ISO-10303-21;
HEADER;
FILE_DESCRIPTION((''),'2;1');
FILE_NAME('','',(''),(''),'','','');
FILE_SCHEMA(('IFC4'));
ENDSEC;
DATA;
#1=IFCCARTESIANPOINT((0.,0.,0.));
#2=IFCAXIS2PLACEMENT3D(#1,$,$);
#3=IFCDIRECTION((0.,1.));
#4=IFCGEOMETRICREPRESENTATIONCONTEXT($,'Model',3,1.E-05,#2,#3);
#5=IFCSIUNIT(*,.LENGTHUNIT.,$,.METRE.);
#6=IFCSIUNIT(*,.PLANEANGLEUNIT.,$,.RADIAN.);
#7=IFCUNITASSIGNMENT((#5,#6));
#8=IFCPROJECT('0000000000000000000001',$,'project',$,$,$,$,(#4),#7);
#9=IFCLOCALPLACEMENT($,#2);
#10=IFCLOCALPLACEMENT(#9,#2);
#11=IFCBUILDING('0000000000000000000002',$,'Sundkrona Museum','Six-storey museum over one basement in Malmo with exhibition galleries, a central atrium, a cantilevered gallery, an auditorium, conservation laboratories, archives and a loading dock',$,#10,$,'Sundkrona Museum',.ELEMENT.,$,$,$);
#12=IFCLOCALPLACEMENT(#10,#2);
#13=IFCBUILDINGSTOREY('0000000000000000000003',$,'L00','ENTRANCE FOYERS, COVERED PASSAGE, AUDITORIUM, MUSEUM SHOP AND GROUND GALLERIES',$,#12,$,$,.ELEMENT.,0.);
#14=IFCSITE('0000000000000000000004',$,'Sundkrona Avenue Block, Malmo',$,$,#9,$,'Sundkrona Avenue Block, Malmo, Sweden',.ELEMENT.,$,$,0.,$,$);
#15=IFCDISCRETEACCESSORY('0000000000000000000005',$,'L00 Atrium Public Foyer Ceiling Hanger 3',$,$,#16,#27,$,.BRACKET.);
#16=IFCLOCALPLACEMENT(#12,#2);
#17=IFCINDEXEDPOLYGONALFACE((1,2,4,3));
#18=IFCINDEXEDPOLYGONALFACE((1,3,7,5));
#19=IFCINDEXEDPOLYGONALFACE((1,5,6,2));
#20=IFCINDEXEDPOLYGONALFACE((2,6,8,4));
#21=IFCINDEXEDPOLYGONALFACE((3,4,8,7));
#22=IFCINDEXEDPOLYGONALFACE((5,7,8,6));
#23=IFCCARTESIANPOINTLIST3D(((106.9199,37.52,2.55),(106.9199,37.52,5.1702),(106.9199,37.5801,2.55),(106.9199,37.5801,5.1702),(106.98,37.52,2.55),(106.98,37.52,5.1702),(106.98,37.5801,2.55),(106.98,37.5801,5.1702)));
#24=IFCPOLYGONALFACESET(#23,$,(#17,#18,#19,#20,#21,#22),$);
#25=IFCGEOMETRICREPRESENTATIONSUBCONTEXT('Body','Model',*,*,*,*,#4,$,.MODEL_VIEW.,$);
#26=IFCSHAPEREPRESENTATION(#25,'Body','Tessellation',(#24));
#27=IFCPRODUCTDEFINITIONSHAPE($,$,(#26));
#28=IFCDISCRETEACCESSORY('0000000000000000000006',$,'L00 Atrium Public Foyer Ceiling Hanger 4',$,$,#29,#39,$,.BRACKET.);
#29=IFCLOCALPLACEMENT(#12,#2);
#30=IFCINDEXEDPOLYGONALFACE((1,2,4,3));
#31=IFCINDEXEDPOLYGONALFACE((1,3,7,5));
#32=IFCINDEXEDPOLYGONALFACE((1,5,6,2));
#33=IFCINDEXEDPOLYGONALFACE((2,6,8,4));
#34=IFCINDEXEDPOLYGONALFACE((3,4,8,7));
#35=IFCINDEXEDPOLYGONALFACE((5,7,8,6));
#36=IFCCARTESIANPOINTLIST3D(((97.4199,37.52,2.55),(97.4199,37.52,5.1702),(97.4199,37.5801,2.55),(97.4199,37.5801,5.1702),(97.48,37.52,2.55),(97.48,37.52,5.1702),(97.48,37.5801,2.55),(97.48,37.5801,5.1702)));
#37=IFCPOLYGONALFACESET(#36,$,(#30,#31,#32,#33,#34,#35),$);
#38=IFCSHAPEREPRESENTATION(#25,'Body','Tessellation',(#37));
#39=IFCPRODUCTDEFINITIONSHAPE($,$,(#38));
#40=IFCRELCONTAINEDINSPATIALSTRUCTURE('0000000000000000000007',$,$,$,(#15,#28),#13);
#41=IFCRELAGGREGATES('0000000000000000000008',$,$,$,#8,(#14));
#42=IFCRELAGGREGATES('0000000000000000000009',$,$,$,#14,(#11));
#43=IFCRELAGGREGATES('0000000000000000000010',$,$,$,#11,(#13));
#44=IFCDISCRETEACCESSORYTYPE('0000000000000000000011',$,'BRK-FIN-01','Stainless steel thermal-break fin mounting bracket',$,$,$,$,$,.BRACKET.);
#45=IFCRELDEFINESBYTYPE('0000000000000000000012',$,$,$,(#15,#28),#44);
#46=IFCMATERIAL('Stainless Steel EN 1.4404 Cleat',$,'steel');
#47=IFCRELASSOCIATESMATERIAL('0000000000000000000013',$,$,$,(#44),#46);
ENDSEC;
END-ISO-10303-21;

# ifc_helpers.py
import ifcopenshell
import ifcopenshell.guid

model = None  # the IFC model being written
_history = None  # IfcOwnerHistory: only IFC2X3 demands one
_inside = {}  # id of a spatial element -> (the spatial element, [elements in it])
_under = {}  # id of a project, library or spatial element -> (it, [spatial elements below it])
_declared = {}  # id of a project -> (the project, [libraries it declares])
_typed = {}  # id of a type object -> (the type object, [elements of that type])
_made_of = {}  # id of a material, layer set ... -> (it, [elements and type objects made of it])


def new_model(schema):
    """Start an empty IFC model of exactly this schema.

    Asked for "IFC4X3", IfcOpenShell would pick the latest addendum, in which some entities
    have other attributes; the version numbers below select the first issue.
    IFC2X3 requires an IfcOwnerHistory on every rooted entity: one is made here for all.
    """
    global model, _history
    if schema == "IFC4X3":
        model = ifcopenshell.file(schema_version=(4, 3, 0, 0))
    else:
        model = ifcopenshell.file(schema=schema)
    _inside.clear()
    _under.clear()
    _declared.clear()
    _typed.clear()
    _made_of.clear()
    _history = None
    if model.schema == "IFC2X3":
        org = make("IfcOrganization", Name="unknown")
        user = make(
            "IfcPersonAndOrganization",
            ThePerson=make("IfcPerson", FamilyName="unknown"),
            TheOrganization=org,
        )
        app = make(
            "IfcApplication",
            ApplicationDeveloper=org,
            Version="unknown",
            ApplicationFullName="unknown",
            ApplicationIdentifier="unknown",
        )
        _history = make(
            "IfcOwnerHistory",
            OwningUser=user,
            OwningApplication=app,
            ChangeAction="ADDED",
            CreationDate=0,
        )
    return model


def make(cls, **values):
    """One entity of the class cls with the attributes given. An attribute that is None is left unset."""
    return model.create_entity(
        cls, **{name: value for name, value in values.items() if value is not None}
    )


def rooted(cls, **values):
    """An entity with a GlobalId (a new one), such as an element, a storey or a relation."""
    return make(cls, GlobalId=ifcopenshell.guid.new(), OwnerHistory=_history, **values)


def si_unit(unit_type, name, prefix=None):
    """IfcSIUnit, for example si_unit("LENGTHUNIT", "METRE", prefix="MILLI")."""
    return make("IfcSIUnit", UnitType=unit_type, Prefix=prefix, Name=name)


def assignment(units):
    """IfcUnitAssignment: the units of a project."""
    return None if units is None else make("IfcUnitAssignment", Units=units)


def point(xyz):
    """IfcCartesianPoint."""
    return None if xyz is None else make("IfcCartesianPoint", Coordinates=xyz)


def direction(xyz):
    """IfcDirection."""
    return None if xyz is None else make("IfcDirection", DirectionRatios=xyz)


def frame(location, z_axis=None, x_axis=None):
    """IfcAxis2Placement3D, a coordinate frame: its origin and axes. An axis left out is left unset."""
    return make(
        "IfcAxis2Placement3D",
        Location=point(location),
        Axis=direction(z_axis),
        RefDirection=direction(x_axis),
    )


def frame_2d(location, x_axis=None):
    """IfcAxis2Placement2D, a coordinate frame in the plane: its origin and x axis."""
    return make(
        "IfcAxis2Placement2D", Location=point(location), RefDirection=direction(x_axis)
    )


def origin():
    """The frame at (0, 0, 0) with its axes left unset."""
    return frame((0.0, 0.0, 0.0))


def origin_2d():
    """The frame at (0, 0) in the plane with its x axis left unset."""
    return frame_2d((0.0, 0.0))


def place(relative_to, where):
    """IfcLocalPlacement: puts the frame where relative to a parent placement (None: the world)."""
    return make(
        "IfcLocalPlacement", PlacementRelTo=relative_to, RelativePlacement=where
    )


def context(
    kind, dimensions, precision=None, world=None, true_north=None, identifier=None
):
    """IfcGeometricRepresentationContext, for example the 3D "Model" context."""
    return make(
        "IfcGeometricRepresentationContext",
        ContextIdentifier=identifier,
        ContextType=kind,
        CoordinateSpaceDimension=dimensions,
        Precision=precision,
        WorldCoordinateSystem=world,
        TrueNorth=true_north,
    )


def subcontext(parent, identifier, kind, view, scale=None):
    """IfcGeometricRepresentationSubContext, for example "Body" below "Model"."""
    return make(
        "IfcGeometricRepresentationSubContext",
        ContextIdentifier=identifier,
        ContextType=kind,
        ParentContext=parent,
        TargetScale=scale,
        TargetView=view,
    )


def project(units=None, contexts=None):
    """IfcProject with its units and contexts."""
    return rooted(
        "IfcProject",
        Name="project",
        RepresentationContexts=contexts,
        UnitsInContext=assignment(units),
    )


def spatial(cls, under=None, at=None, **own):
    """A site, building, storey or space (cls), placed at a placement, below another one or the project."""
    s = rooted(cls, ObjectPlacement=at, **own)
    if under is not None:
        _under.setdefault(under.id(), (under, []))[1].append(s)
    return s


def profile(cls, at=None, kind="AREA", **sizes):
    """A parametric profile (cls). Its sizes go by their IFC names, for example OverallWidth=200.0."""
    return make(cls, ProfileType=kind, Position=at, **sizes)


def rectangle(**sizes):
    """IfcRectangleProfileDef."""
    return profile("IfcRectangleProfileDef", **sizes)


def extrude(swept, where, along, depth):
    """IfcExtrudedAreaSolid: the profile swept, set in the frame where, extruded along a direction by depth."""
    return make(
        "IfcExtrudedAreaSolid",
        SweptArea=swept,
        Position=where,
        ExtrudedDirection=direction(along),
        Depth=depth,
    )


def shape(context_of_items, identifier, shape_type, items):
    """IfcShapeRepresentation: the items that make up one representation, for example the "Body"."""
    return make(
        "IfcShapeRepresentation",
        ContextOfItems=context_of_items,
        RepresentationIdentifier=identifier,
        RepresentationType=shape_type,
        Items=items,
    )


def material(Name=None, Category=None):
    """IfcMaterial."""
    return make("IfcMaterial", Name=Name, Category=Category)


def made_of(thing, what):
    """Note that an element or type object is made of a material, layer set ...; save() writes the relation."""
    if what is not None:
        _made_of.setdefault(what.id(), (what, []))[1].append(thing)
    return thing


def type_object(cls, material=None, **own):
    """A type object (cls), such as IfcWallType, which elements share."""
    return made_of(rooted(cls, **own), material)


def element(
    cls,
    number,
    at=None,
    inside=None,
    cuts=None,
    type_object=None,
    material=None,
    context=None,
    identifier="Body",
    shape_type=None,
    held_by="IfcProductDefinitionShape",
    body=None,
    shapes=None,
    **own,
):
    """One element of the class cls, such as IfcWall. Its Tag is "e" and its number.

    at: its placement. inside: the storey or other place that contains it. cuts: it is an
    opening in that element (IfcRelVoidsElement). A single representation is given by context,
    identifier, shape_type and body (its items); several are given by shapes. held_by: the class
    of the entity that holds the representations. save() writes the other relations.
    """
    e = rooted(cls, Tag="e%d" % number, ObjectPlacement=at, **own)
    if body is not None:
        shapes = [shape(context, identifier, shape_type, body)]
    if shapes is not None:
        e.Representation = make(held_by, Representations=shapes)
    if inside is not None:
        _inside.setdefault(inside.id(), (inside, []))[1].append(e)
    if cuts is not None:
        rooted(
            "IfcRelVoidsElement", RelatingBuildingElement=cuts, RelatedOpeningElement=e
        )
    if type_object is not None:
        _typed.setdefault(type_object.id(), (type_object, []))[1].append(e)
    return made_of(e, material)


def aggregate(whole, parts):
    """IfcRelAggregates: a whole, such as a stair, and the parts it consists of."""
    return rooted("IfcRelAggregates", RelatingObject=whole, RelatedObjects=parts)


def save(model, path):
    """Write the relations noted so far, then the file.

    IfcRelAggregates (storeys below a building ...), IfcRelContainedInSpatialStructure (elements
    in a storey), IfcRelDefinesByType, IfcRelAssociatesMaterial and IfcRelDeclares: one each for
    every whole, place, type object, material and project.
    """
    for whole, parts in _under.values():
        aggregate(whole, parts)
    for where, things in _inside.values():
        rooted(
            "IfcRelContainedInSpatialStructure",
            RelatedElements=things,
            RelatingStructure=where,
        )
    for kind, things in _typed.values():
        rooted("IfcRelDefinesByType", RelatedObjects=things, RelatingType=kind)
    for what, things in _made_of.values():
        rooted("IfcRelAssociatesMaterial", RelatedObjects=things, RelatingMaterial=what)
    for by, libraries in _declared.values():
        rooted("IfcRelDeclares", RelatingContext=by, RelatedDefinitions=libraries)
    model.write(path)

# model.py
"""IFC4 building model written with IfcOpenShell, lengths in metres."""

from ifc_helpers import new_model, si_unit, direction, frame, origin, origin_2d, place, context, subcontext, project, spatial, rectangle, extrude, material, type_object, element, save


model = new_model("IFC4")

# Units and contexts
model_context = context("Model", 3, precision=1e-05, world=origin(), true_north=direction((0.0, 1.0)))
body_context = subcontext(model_context, "Body", "Model", "MODEL_VIEW")
ifc_project = project(units=[si_unit("LENGTHUNIT", "METRE"), si_unit("PLANEANGLEUNIT", "RADIAN")], contexts=[model_context])

# Site, building, storey
site_placement = place(None, origin())
site = spatial("IfcSite", under=ifc_project, at=site_placement, Name="Sundkrona Avenue Block, Malmo", LongName="Sundkrona Avenue Block, Malmo, Sweden", CompositionType="ELEMENT", RefElevation=0.0)
building_placement = place(site_placement, origin())
building = spatial("IfcBuilding", under=site, at=building_placement, Name="Sundkrona Museum", Description="Six-storey museum over one basement in Malmo with exhibition galleries, a central atrium, a cantilevered gallery, an auditorium, conservation laboratories, archives and a loading dock", LongName="Sundkrona Museum", CompositionType="ELEMENT")
storey_placement = place(building_placement, origin())
storey = spatial("IfcBuildingStorey", under=building, at=storey_placement, Name="L00", Description="ENTRANCE FOYERS, COVERED PASSAGE, AUDITORIUM, MUSEUM SHOP AND GROUND GALLERIES", CompositionType="ELEMENT", Elevation=0.0)

# Discrete accessories
ifc_material_1 = material(Name="Stainless Steel EN 1.4404 Cleat", Category="steel")
discrete_accessory_type = type_object("IfcDiscreteAccessoryType", Name="BRK-FIN-01", Description="Stainless steel thermal-break fin mounting bracket", PredefinedType="BRACKET", material=ifc_material_1)
for number, where, z_axis, x_axis, name in (
    (1, (106.95, 37.55, 2.55), (0.0, 0.0, 1.0), (1.0, 0.0, 0.0), "L00 Atrium Public Foyer Ceiling Hanger 3"),
    (2, (97.45, 37.55, 2.55), (0.0, 0.0, 1.0), (1.0, 0.0, 0.0), "L00 Atrium Public Foyer Ceiling Hanger 4"),
):
    element("IfcDiscreteAccessory", number, at=place(storey_placement, frame(where, z_axis=z_axis, x_axis=x_axis)), inside=storey, type_object=discrete_accessory_type, Name=name, PredefinedType="BRACKET", context=body_context, shape_type="SweptSolid", body=[
        extrude(rectangle(XDim=0.0601, YDim=0.0601, at=origin_2d()), origin(), (0.0, 0.0, 1.0), 2.6201),
    ])

save(model, "model.ifc")
